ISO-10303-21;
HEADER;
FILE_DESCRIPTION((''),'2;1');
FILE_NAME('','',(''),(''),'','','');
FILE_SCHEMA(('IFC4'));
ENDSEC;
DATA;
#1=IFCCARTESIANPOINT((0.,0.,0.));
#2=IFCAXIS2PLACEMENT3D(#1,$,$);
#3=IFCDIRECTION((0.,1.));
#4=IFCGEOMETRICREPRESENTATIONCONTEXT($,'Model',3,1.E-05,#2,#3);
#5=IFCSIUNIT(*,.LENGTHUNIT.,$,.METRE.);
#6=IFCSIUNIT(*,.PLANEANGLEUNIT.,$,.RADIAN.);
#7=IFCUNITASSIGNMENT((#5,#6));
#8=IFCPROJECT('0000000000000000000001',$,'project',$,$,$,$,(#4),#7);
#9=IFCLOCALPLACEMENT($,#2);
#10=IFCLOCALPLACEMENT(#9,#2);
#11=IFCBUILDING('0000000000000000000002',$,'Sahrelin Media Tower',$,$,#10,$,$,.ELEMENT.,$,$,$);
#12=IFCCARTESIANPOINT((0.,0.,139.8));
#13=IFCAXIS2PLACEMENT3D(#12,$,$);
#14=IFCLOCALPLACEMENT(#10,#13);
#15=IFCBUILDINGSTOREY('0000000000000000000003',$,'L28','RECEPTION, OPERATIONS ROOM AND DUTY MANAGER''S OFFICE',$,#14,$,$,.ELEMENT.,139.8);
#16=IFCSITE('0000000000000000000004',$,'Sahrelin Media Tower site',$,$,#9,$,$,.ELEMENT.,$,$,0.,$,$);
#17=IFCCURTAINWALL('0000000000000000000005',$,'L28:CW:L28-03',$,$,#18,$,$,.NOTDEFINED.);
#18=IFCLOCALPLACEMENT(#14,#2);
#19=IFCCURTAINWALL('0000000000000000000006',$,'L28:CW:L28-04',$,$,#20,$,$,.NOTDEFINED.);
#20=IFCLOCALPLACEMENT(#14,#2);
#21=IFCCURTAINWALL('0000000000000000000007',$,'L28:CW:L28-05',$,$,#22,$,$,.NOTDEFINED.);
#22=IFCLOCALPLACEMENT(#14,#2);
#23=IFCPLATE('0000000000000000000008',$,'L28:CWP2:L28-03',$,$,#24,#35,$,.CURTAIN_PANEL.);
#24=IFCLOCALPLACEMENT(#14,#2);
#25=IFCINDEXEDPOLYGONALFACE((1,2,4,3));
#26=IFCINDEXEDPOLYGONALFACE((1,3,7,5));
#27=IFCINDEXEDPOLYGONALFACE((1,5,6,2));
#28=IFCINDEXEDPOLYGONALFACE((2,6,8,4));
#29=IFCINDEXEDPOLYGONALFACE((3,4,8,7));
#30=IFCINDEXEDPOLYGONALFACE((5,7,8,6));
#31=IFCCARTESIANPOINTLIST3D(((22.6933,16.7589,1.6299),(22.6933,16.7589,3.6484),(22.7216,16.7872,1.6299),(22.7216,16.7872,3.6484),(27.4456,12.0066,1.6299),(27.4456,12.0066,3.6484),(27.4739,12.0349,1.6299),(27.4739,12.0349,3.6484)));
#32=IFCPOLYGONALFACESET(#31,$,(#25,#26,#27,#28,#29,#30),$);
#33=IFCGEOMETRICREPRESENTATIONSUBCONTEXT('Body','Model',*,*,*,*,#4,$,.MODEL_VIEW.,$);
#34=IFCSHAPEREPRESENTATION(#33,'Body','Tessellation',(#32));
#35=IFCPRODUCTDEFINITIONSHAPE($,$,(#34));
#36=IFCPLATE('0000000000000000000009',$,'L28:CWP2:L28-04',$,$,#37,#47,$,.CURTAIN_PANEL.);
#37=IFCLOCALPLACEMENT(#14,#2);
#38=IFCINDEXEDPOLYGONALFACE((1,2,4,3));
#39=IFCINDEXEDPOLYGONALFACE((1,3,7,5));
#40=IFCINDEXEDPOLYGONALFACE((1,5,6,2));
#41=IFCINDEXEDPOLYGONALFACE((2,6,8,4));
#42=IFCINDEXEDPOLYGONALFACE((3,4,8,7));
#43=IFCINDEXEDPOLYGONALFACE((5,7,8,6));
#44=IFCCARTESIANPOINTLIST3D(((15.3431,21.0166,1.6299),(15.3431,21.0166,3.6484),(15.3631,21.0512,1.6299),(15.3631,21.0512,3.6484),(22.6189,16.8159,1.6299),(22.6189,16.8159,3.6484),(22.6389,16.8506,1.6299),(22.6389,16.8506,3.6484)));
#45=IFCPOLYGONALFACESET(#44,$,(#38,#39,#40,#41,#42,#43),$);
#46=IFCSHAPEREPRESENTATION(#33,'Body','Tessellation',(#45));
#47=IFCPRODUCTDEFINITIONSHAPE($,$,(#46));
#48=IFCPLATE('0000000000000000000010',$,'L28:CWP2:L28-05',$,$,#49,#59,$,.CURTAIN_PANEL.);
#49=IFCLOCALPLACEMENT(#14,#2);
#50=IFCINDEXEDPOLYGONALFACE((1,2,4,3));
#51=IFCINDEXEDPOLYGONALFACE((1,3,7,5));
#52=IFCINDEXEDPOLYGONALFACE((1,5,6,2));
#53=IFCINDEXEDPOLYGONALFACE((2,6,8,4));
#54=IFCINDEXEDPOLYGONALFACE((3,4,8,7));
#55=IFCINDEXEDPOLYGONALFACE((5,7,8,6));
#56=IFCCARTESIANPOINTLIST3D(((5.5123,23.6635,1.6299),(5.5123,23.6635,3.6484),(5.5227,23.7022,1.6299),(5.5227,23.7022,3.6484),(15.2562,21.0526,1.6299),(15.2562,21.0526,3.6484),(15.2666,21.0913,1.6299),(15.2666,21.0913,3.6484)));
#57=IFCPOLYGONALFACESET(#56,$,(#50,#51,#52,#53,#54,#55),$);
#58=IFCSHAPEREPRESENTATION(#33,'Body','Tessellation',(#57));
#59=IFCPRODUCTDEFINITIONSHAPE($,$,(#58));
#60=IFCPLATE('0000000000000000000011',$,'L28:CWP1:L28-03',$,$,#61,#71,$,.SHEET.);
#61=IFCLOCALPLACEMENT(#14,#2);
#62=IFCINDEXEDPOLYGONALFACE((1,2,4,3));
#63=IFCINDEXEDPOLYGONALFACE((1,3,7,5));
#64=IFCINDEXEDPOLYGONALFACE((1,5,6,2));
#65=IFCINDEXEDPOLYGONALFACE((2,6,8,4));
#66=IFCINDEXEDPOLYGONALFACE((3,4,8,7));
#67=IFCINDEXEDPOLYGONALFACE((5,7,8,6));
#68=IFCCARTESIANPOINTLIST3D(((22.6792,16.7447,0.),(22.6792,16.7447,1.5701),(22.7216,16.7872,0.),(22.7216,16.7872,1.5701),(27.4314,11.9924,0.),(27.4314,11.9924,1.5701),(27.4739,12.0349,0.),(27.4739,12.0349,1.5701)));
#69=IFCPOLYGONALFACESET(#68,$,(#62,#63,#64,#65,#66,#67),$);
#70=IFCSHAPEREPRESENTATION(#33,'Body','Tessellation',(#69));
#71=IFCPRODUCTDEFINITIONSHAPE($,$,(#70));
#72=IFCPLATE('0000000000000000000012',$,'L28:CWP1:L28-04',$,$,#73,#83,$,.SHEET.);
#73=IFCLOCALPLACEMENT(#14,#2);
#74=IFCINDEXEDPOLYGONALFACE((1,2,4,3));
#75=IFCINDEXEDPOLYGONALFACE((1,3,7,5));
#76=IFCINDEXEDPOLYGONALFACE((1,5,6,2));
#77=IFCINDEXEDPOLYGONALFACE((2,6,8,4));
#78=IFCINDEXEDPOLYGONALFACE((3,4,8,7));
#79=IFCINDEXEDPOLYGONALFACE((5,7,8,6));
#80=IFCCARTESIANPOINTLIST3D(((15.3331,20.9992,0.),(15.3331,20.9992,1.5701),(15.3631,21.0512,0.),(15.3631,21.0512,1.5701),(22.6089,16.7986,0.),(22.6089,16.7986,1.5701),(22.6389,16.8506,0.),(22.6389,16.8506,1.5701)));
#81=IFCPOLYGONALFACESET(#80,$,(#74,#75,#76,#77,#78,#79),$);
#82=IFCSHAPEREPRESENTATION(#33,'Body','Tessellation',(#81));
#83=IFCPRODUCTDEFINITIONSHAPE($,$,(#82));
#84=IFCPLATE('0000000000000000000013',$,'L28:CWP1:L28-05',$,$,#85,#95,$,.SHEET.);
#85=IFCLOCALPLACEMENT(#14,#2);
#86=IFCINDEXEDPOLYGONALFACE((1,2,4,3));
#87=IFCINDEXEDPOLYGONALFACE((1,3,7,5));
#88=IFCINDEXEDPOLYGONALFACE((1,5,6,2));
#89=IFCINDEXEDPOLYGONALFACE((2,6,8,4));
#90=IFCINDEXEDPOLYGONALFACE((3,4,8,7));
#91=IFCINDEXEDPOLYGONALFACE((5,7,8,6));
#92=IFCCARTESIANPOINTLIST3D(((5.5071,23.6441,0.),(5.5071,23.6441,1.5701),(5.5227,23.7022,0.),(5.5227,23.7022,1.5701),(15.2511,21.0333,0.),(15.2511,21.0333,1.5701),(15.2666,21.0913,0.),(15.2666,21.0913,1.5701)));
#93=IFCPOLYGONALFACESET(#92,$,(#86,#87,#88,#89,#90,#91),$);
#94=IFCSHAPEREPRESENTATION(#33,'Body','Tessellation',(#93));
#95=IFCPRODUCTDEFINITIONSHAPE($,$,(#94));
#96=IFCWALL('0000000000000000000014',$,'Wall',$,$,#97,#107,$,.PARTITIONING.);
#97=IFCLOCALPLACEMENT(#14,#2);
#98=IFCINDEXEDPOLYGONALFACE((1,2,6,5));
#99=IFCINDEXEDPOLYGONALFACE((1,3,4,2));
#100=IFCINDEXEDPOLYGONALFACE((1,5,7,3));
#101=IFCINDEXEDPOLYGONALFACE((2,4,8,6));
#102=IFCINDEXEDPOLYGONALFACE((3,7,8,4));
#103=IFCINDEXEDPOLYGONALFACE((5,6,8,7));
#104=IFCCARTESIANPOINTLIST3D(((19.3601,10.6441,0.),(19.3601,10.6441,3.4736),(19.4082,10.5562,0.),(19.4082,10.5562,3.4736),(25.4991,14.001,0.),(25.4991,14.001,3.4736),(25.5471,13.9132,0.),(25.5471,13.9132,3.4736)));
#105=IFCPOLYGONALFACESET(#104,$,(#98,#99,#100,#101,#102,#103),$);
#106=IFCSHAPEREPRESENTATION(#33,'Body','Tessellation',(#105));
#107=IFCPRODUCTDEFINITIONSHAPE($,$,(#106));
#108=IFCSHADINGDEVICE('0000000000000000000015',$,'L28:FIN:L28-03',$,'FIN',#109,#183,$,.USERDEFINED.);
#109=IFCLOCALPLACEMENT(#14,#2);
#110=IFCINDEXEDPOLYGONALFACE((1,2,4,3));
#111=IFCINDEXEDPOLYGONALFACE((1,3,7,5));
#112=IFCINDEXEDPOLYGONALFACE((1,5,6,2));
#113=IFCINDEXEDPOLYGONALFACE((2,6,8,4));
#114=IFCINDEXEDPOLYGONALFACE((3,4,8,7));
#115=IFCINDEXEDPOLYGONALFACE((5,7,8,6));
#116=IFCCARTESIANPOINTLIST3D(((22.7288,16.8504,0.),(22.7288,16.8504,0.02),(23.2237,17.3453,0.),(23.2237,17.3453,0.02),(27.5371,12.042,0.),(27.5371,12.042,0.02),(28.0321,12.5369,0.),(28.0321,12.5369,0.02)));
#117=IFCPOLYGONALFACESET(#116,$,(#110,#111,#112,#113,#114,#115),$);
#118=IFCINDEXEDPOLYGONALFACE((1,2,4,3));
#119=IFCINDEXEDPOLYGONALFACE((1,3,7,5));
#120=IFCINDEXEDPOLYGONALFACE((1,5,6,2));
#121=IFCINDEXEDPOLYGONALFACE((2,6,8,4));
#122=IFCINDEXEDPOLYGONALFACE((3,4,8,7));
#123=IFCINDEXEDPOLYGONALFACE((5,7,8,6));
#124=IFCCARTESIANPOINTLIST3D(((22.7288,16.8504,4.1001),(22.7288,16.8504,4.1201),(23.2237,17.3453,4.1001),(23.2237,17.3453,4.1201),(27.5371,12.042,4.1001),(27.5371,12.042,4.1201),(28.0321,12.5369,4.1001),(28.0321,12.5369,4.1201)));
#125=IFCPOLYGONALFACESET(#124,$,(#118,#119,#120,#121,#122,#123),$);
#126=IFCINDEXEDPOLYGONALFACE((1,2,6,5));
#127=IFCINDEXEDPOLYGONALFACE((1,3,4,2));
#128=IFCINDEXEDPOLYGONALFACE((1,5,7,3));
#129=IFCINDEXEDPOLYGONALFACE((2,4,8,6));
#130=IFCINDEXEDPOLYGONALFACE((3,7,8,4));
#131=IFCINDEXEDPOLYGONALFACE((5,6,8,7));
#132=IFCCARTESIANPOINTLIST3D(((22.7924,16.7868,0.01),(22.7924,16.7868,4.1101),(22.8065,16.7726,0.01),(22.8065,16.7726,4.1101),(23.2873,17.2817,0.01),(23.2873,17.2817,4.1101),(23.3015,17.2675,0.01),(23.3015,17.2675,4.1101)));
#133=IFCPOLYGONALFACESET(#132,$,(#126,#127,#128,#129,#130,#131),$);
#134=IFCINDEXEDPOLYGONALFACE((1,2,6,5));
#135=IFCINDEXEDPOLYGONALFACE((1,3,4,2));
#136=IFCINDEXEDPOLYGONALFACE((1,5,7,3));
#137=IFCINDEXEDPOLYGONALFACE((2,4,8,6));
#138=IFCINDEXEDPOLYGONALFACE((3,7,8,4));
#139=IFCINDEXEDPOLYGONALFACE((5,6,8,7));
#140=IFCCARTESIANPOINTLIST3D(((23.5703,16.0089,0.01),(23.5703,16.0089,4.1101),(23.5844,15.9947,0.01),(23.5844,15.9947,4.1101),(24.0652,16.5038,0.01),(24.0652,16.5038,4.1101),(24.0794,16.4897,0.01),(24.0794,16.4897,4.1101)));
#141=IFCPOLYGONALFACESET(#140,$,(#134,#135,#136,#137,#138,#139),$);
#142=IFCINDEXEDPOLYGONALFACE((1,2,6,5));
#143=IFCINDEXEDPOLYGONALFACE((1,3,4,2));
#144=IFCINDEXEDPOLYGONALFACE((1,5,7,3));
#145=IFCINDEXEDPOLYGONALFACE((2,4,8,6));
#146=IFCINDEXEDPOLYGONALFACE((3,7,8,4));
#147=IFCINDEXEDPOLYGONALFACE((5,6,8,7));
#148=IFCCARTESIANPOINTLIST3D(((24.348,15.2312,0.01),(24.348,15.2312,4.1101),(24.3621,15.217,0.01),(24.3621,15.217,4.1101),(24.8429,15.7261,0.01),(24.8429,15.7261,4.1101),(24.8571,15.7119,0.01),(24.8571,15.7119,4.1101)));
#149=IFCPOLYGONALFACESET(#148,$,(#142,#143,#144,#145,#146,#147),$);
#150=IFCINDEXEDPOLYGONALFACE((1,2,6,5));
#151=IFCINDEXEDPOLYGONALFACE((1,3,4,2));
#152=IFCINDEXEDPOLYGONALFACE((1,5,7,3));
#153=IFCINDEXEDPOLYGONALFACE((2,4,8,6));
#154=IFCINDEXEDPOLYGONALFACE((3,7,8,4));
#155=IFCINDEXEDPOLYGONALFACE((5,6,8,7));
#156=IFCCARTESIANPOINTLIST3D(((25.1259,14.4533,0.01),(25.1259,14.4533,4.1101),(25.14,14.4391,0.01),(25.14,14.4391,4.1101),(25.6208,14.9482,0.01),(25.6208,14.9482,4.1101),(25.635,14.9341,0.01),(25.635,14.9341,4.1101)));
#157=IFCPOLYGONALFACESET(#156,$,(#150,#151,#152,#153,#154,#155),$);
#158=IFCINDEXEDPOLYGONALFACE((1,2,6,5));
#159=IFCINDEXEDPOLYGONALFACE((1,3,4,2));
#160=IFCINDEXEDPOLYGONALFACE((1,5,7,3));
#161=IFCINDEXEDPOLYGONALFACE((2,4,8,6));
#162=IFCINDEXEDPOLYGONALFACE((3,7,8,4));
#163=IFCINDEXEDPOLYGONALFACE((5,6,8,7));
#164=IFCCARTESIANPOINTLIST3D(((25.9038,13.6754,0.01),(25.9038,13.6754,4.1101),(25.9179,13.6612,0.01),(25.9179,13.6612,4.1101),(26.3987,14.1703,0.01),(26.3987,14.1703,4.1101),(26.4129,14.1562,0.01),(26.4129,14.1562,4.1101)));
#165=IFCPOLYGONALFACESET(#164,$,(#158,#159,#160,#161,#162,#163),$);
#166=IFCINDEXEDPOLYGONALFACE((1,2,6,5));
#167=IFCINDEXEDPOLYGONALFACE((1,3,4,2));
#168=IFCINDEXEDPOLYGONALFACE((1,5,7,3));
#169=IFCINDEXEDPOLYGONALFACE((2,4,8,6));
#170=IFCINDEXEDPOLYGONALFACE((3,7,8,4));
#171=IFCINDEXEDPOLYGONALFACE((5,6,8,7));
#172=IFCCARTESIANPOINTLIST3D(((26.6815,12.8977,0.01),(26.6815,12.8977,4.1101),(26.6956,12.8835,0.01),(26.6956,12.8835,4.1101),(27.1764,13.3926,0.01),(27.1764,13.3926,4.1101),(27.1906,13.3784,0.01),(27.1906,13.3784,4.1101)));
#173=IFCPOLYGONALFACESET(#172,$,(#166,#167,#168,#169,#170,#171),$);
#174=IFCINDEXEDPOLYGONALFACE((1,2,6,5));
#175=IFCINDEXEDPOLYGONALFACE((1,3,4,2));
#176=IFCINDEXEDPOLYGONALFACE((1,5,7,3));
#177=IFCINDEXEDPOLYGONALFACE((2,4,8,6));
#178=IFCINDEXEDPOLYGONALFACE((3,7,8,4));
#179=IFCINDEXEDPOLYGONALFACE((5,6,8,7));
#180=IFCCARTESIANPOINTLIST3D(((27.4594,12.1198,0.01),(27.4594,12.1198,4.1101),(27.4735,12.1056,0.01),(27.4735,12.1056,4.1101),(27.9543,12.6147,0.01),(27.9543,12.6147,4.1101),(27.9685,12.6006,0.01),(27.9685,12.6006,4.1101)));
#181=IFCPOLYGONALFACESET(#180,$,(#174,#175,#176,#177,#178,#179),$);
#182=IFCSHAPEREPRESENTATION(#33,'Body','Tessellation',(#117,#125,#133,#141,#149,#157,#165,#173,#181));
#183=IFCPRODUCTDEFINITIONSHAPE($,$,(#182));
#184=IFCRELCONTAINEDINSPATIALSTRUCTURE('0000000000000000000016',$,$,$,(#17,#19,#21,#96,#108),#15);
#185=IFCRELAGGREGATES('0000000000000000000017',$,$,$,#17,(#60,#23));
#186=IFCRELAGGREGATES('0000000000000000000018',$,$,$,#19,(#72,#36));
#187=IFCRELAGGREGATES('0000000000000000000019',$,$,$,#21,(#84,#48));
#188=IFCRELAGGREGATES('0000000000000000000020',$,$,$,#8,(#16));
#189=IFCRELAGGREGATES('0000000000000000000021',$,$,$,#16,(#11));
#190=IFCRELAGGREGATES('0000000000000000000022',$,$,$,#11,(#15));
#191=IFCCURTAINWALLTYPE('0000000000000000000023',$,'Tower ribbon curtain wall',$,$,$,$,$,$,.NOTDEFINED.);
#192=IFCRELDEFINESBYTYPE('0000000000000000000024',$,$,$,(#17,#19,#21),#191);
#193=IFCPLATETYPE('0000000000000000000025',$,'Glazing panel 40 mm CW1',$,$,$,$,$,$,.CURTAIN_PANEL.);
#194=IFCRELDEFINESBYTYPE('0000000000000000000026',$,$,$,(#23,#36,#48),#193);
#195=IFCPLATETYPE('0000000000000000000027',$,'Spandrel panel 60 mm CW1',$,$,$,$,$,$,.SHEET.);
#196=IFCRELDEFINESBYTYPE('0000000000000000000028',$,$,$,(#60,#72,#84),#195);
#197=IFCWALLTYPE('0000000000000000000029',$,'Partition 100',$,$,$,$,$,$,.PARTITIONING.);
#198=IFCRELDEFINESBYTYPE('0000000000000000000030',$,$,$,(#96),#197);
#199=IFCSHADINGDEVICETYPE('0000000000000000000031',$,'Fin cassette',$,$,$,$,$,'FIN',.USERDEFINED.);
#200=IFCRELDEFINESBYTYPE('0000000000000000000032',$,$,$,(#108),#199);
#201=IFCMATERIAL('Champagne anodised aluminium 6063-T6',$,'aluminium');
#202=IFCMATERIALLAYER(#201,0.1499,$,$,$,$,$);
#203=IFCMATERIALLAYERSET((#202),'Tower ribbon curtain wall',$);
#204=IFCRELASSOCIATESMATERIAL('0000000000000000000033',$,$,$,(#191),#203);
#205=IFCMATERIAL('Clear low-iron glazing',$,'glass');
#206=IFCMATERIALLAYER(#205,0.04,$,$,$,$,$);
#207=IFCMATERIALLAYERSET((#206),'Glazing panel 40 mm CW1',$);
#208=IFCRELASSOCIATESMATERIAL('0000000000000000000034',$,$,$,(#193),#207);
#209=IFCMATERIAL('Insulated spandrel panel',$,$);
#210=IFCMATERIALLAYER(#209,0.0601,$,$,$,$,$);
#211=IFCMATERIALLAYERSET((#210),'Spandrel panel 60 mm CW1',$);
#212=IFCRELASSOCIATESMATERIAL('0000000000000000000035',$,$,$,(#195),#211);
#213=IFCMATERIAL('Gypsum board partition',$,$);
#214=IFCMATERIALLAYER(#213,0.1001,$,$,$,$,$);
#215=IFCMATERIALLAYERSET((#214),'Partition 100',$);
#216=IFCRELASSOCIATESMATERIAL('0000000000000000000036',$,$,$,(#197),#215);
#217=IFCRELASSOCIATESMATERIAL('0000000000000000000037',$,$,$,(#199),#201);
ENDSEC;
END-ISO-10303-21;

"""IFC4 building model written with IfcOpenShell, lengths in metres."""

from ifc_helpers import new_model, si_unit, direction, frame, frame_2d, origin, origin_2d, place, context, subcontext, project, spatial, polyline, rectangle, outline, extrude, material, layer, layer_set, type_object, element, aggregate, save


model = new_model("IFC4")

# Units and contexts
model_context = context("Model", 3, precision=1e-05, world=origin(), true_north=direction((0.0, 1.0)))
body_context = subcontext(model_context, "Body", "Model", "MODEL_VIEW")
ifc_project = project(units=[si_unit("LENGTHUNIT", "METRE"), si_unit("PLANEANGLEUNIT", "RADIAN")], contexts=[model_context])

# Site, building, storey
site_placement = place(None, origin())
site = spatial("IfcSite", under=ifc_project, at=site_placement, Name="Sahrelin Media Tower site", CompositionType="ELEMENT", RefElevation=0.0)
building_placement = place(site_placement, origin())
building = spatial("IfcBuilding", under=site, at=building_placement, Name="Sahrelin Media Tower", CompositionType="ELEMENT")
storey_placement = place(building_placement, frame((0.0, 0.0, 139.8)))
storey = spatial("IfcBuildingStorey", under=building, at=storey_placement, Name="L28", Description="RECEPTION, OPERATIONS ROOM AND DUTY MANAGER'S OFFICE", CompositionType="ELEMENT", Elevation=139.8)

# Curtain walls
ifc_material_1 = material(Name="Champagne anodised aluminium 6063-T6", Category="aluminium")
ifc_layer_1 = layer(ifc_material_1, 0.1499)
ifc_layer_set_1 = layer_set([ifc_layer_1], Name="Tower ribbon curtain wall")
curtain_wall_type = type_object("IfcCurtainWallType", Name="Tower ribbon curtain wall", PredefinedType="NOTDEFINED", material=ifc_layer_set_1)
curtain_wall_1_placement = place(storey_placement, frame((25.0835, 14.3967, 0.0), z_axis=(0.0, 0.0, 1.0), x_axis=(1.0, 0.0, 0.0)))
curtain_wall_1 = element("IfcCurtainWall", 1, at=curtain_wall_1_placement, inside=storey, type_object=curtain_wall_type, Name="L28:CW:L28-03", PredefinedType="NOTDEFINED")
curtain_wall_2_placement = place(storey_placement, frame((18.991, 18.9336, 0.0), z_axis=(0.0, 0.0, 1.0), x_axis=(1.0, 0.0, 0.0)))
curtain_wall_2 = element("IfcCurtainWall", 2, at=curtain_wall_2_placement, inside=storey, type_object=curtain_wall_type, Name="L28:CW:L28-04", PredefinedType="NOTDEFINED")

# Curtain wall
curtain_wall_3_placement = place(storey_placement, frame((10.3894, 22.3772, 0.0), z_axis=(0.0, 0.0, 1.0), x_axis=(1.0, 0.0, 0.0)))
curtain_wall_3 = element("IfcCurtainWall", 3, at=curtain_wall_3_placement, inside=storey, type_object=curtain_wall_type, Name="L28:CW:L28-05", PredefinedType="NOTDEFINED")

# Plates
ifc_material_2 = material(Name="Clear low-iron glazing", Category="glass")
ifc_layer_2 = layer(ifc_material_2, 0.04)
ifc_layer_set_2 = layer_set([ifc_layer_2], Name="Glazing panel 40 mm CW1")
plate_type_1 = type_object("IfcPlateType", Name="Glazing panel 40 mm CW1", PredefinedType="CURTAIN_PANEL", material=ifc_layer_set_2)
plate_1_placement = place(storey_placement, frame((27.4739, 12.0349, 1.6299), z_axis=(0.707107, 0.707107, 0.0), x_axis=(-0.707107, 0.707107, 0.0)))
plate_1 = element("IfcPlate", 4, at=plate_1_placement, type_object=plate_type_1, Name="L28:CWP2:L28-03", PredefinedType="CURTAIN_PANEL", context=body_context, shape_type="SweptSolid", body=[
    extrude(outline(polyline([(0.0, 0.0), (6.7207, 0.0), (6.7207, 2.0186), (0.0, 2.0186), (0.0, 0.0)])), origin(), (0.0, 0.0, -1.0), 0.04),
])
plate_2_placement = place(storey_placement, frame((22.6389, 16.8506, 1.6299), z_axis=(0.499996, 0.866028, 0.0), x_axis=(-0.866028, 0.499996, 0.0)))
plate_2 = element("IfcPlate", 5, at=plate_2_placement, type_object=plate_type_1, Name="L28:CWP2:L28-04", PredefinedType="CURTAIN_PANEL", context=body_context, shape_type="SweptSolid", body=[
    extrude(outline(polyline([(0.0, 0.0), (8.4014, 0.0), (8.4014, 2.0186), (0.0, 2.0186), (0.0, 0.0)])), origin(), (0.0, 0.0, -1.0), 0.04),
])
plate_3_placement = place(storey_placement, frame((15.2666, 21.0913, 1.6299), z_axis=(0.258816, 0.965927, 0.0), x_axis=(-0.965927, 0.258816, 0.0)))
plate_3 = element("IfcPlate", 6, at=plate_3_placement, type_object=plate_type_1, Name="L28:CWP2:L28-05", PredefinedType="CURTAIN_PANEL", context=body_context, shape_type="SweptSolid", body=[
    extrude(outline(polyline([(0.0, 0.0), (10.0876, 0.0), (10.0876, 2.0186), (0.0, 2.0186), (0.0, 0.0)])), origin(), (0.0, 0.0, -1.0), 0.04),
])
ifc_material_3 = material(Name="Insulated spandrel panel")
ifc_layer_3 = layer(ifc_material_3, 0.0601)
ifc_layer_set_3 = layer_set([ifc_layer_3], Name="Spandrel panel 60 mm CW1")
plate_type_2 = type_object("IfcPlateType", Name="Spandrel panel 60 mm CW1", PredefinedType="SHEET", material=ifc_layer_set_3)
plate_4_placement = place(storey_placement, frame((27.4739, 12.0349, 0.0), z_axis=(0.707107, 0.707107, 0.0), x_axis=(-0.707107, 0.707107, 0.0)))
plate_4 = element("IfcPlate", 7, at=plate_4_placement, type_object=plate_type_2, Name="L28:CWP1:L28-03", PredefinedType="SHEET", context=body_context, shape_type="SweptSolid", body=[
    extrude(outline(polyline([(0.0, 0.0), (6.7207, 0.0), (6.7207, 1.5701), (0.0, 1.5701), (0.0, 0.0)])), origin(), (0.0, 0.0, -1.0), 0.0601),
])
aggregate(curtain_wall_1, [plate_4, plate_1])
plate_5_placement = place(storey_placement, frame((22.6389, 16.8506, 0.0), z_axis=(0.499996, 0.866028, 0.0), x_axis=(-0.866028, 0.499996, 0.0)))
plate_5 = element("IfcPlate", 8, at=plate_5_placement, type_object=plate_type_2, Name="L28:CWP1:L28-04", PredefinedType="SHEET", context=body_context, shape_type="SweptSolid", body=[
    extrude(outline(polyline([(0.0, 0.0), (8.4014, 0.0), (8.4014, 1.5701), (0.0, 1.5701), (0.0, 0.0)])), origin(), (0.0, 0.0, -1.0), 0.0601),
])
aggregate(curtain_wall_2, [plate_5, plate_2])
plate_6_placement = place(storey_placement, frame((15.2666, 21.0913, 0.0), z_axis=(0.258816, 0.965927, 0.0), x_axis=(-0.965927, 0.258816, 0.0)))
plate_6 = element("IfcPlate", 9, at=plate_6_placement, type_object=plate_type_2, Name="L28:CWP1:L28-05", PredefinedType="SHEET", context=body_context, shape_type="SweptSolid", body=[
    extrude(outline(polyline([(0.0, 0.0), (10.0876, 0.0), (10.0876, 1.5701), (0.0, 1.5701), (0.0, 0.0)])), origin(), (0.0, 0.0, -1.0), 0.0601),
])
aggregate(curtain_wall_3, [plate_6, plate_3])

# Wall
ifc_material_4 = material(Name="Gypsum board partition")
ifc_layer_4 = layer(ifc_material_4, 0.1001)
ifc_layer_set_4 = layer_set([ifc_layer_4], Name="Partition 100")
wall_type = type_object("IfcWallType", Name="Partition 100", PredefinedType="PARTITIONING", material=ifc_layer_set_4)
wall_placement = place(storey_placement, frame((19.384, 10.6001, 0.0), z_axis=(0.0, 0.0, 1.0), x_axis=(0.877388, 0.479781, 0.0)))
element("IfcWall", 10, at=wall_placement, inside=storey, type_object=wall_type, Name="Wall", PredefinedType="PARTITIONING", context=body_context, shape_type="SweptSolid", body=[
    extrude(rectangle(XDim=6.9968, YDim=0.1001, at=frame_2d((3.4985, 0.0))), origin(), (0.0, 0.0, 1.0), 3.4736),
])

# Shading device
shading_device_type_1 = type_object("IfcShadingDeviceType", Name="Fin cassette", ElementType="FIN", PredefinedType="USERDEFINED", material=ifc_material_1)
placement_1 = place(storey_placement, frame((25.0835, 14.3967, 0.0), z_axis=(0.0, 0.0, 1.0), x_axis=(0.707107, -0.707107, 0.0)))
element("IfcShadingDevice", 11, at=placement_1, inside=storey, type_object=shading_device_type_1, Name="L28:FIN:L28-03", ObjectType="FIN", PredefinedType="USERDEFINED", context=body_context, shape_type="SweptSolid", body=[
    extrude(rectangle(XDim=6.8, YDim=0.7, at=origin_2d()), frame((0.0, 0.4199, 0.0)), (0.0, 0.0, 1.0), 0.02),
    extrude(rectangle(XDim=6.8, YDim=0.7, at=origin_2d()), frame((0.0, 0.4199, 4.1001)), (0.0, 0.0, 1.0), 0.02),
    extrude(rectangle(XDim=0.02, YDim=0.7, at=origin_2d()), frame((-3.3, 0.4199, 0.01), z_axis=(0.0, 0.0, 1.0), x_axis=(1.0, 0.0, 0.0)), (0.0, 0.0, 1.0), 4.1001),
    extrude(rectangle(XDim=0.02, YDim=0.7, at=origin_2d()), frame((-2.2, 0.4199, 0.01), z_axis=(0.0, 0.0, 1.0), x_axis=(1.0, 0.0, 0.0)), (0.0, 0.0, 1.0), 4.1001),
    extrude(rectangle(XDim=0.02, YDim=0.7, at=origin_2d()), frame((-1.1001, 0.4199, 0.01), z_axis=(0.0, 0.0, 1.0), x_axis=(1.0, 0.0, 0.0)), (0.0, 0.0, 1.0), 4.1001),
    extrude(rectangle(XDim=0.02, YDim=0.7, at=origin_2d()), frame((0.0, 0.4199, 0.01), z_axis=(0.0, 0.0, 1.0), x_axis=(1.0, 0.0, 0.0)), (0.0, 0.0, 1.0), 4.1001),
    extrude(rectangle(XDim=0.02, YDim=0.7, at=origin_2d()), frame((1.1001, 0.4199, 0.01), z_axis=(0.0, 0.0, 1.0), x_axis=(1.0, 0.0, 0.0)), (0.0, 0.0, 1.0), 4.1001),
    extrude(rectangle(XDim=0.02, YDim=0.7, at=origin_2d()), frame((2.2, 0.4199, 0.01), z_axis=(0.0, 0.0, 1.0), x_axis=(1.0, 0.0, 0.0)), (0.0, 0.0, 1.0), 4.1001),
    extrude(rectangle(XDim=0.02, YDim=0.7, at=origin_2d()), frame((3.3, 0.4199, 0.01), z_axis=(0.0, 0.0, 1.0), x_axis=(1.0, 0.0, 0.0)), (0.0, 0.0, 1.0), 4.1001),
])

save(model, "model.ifc")
